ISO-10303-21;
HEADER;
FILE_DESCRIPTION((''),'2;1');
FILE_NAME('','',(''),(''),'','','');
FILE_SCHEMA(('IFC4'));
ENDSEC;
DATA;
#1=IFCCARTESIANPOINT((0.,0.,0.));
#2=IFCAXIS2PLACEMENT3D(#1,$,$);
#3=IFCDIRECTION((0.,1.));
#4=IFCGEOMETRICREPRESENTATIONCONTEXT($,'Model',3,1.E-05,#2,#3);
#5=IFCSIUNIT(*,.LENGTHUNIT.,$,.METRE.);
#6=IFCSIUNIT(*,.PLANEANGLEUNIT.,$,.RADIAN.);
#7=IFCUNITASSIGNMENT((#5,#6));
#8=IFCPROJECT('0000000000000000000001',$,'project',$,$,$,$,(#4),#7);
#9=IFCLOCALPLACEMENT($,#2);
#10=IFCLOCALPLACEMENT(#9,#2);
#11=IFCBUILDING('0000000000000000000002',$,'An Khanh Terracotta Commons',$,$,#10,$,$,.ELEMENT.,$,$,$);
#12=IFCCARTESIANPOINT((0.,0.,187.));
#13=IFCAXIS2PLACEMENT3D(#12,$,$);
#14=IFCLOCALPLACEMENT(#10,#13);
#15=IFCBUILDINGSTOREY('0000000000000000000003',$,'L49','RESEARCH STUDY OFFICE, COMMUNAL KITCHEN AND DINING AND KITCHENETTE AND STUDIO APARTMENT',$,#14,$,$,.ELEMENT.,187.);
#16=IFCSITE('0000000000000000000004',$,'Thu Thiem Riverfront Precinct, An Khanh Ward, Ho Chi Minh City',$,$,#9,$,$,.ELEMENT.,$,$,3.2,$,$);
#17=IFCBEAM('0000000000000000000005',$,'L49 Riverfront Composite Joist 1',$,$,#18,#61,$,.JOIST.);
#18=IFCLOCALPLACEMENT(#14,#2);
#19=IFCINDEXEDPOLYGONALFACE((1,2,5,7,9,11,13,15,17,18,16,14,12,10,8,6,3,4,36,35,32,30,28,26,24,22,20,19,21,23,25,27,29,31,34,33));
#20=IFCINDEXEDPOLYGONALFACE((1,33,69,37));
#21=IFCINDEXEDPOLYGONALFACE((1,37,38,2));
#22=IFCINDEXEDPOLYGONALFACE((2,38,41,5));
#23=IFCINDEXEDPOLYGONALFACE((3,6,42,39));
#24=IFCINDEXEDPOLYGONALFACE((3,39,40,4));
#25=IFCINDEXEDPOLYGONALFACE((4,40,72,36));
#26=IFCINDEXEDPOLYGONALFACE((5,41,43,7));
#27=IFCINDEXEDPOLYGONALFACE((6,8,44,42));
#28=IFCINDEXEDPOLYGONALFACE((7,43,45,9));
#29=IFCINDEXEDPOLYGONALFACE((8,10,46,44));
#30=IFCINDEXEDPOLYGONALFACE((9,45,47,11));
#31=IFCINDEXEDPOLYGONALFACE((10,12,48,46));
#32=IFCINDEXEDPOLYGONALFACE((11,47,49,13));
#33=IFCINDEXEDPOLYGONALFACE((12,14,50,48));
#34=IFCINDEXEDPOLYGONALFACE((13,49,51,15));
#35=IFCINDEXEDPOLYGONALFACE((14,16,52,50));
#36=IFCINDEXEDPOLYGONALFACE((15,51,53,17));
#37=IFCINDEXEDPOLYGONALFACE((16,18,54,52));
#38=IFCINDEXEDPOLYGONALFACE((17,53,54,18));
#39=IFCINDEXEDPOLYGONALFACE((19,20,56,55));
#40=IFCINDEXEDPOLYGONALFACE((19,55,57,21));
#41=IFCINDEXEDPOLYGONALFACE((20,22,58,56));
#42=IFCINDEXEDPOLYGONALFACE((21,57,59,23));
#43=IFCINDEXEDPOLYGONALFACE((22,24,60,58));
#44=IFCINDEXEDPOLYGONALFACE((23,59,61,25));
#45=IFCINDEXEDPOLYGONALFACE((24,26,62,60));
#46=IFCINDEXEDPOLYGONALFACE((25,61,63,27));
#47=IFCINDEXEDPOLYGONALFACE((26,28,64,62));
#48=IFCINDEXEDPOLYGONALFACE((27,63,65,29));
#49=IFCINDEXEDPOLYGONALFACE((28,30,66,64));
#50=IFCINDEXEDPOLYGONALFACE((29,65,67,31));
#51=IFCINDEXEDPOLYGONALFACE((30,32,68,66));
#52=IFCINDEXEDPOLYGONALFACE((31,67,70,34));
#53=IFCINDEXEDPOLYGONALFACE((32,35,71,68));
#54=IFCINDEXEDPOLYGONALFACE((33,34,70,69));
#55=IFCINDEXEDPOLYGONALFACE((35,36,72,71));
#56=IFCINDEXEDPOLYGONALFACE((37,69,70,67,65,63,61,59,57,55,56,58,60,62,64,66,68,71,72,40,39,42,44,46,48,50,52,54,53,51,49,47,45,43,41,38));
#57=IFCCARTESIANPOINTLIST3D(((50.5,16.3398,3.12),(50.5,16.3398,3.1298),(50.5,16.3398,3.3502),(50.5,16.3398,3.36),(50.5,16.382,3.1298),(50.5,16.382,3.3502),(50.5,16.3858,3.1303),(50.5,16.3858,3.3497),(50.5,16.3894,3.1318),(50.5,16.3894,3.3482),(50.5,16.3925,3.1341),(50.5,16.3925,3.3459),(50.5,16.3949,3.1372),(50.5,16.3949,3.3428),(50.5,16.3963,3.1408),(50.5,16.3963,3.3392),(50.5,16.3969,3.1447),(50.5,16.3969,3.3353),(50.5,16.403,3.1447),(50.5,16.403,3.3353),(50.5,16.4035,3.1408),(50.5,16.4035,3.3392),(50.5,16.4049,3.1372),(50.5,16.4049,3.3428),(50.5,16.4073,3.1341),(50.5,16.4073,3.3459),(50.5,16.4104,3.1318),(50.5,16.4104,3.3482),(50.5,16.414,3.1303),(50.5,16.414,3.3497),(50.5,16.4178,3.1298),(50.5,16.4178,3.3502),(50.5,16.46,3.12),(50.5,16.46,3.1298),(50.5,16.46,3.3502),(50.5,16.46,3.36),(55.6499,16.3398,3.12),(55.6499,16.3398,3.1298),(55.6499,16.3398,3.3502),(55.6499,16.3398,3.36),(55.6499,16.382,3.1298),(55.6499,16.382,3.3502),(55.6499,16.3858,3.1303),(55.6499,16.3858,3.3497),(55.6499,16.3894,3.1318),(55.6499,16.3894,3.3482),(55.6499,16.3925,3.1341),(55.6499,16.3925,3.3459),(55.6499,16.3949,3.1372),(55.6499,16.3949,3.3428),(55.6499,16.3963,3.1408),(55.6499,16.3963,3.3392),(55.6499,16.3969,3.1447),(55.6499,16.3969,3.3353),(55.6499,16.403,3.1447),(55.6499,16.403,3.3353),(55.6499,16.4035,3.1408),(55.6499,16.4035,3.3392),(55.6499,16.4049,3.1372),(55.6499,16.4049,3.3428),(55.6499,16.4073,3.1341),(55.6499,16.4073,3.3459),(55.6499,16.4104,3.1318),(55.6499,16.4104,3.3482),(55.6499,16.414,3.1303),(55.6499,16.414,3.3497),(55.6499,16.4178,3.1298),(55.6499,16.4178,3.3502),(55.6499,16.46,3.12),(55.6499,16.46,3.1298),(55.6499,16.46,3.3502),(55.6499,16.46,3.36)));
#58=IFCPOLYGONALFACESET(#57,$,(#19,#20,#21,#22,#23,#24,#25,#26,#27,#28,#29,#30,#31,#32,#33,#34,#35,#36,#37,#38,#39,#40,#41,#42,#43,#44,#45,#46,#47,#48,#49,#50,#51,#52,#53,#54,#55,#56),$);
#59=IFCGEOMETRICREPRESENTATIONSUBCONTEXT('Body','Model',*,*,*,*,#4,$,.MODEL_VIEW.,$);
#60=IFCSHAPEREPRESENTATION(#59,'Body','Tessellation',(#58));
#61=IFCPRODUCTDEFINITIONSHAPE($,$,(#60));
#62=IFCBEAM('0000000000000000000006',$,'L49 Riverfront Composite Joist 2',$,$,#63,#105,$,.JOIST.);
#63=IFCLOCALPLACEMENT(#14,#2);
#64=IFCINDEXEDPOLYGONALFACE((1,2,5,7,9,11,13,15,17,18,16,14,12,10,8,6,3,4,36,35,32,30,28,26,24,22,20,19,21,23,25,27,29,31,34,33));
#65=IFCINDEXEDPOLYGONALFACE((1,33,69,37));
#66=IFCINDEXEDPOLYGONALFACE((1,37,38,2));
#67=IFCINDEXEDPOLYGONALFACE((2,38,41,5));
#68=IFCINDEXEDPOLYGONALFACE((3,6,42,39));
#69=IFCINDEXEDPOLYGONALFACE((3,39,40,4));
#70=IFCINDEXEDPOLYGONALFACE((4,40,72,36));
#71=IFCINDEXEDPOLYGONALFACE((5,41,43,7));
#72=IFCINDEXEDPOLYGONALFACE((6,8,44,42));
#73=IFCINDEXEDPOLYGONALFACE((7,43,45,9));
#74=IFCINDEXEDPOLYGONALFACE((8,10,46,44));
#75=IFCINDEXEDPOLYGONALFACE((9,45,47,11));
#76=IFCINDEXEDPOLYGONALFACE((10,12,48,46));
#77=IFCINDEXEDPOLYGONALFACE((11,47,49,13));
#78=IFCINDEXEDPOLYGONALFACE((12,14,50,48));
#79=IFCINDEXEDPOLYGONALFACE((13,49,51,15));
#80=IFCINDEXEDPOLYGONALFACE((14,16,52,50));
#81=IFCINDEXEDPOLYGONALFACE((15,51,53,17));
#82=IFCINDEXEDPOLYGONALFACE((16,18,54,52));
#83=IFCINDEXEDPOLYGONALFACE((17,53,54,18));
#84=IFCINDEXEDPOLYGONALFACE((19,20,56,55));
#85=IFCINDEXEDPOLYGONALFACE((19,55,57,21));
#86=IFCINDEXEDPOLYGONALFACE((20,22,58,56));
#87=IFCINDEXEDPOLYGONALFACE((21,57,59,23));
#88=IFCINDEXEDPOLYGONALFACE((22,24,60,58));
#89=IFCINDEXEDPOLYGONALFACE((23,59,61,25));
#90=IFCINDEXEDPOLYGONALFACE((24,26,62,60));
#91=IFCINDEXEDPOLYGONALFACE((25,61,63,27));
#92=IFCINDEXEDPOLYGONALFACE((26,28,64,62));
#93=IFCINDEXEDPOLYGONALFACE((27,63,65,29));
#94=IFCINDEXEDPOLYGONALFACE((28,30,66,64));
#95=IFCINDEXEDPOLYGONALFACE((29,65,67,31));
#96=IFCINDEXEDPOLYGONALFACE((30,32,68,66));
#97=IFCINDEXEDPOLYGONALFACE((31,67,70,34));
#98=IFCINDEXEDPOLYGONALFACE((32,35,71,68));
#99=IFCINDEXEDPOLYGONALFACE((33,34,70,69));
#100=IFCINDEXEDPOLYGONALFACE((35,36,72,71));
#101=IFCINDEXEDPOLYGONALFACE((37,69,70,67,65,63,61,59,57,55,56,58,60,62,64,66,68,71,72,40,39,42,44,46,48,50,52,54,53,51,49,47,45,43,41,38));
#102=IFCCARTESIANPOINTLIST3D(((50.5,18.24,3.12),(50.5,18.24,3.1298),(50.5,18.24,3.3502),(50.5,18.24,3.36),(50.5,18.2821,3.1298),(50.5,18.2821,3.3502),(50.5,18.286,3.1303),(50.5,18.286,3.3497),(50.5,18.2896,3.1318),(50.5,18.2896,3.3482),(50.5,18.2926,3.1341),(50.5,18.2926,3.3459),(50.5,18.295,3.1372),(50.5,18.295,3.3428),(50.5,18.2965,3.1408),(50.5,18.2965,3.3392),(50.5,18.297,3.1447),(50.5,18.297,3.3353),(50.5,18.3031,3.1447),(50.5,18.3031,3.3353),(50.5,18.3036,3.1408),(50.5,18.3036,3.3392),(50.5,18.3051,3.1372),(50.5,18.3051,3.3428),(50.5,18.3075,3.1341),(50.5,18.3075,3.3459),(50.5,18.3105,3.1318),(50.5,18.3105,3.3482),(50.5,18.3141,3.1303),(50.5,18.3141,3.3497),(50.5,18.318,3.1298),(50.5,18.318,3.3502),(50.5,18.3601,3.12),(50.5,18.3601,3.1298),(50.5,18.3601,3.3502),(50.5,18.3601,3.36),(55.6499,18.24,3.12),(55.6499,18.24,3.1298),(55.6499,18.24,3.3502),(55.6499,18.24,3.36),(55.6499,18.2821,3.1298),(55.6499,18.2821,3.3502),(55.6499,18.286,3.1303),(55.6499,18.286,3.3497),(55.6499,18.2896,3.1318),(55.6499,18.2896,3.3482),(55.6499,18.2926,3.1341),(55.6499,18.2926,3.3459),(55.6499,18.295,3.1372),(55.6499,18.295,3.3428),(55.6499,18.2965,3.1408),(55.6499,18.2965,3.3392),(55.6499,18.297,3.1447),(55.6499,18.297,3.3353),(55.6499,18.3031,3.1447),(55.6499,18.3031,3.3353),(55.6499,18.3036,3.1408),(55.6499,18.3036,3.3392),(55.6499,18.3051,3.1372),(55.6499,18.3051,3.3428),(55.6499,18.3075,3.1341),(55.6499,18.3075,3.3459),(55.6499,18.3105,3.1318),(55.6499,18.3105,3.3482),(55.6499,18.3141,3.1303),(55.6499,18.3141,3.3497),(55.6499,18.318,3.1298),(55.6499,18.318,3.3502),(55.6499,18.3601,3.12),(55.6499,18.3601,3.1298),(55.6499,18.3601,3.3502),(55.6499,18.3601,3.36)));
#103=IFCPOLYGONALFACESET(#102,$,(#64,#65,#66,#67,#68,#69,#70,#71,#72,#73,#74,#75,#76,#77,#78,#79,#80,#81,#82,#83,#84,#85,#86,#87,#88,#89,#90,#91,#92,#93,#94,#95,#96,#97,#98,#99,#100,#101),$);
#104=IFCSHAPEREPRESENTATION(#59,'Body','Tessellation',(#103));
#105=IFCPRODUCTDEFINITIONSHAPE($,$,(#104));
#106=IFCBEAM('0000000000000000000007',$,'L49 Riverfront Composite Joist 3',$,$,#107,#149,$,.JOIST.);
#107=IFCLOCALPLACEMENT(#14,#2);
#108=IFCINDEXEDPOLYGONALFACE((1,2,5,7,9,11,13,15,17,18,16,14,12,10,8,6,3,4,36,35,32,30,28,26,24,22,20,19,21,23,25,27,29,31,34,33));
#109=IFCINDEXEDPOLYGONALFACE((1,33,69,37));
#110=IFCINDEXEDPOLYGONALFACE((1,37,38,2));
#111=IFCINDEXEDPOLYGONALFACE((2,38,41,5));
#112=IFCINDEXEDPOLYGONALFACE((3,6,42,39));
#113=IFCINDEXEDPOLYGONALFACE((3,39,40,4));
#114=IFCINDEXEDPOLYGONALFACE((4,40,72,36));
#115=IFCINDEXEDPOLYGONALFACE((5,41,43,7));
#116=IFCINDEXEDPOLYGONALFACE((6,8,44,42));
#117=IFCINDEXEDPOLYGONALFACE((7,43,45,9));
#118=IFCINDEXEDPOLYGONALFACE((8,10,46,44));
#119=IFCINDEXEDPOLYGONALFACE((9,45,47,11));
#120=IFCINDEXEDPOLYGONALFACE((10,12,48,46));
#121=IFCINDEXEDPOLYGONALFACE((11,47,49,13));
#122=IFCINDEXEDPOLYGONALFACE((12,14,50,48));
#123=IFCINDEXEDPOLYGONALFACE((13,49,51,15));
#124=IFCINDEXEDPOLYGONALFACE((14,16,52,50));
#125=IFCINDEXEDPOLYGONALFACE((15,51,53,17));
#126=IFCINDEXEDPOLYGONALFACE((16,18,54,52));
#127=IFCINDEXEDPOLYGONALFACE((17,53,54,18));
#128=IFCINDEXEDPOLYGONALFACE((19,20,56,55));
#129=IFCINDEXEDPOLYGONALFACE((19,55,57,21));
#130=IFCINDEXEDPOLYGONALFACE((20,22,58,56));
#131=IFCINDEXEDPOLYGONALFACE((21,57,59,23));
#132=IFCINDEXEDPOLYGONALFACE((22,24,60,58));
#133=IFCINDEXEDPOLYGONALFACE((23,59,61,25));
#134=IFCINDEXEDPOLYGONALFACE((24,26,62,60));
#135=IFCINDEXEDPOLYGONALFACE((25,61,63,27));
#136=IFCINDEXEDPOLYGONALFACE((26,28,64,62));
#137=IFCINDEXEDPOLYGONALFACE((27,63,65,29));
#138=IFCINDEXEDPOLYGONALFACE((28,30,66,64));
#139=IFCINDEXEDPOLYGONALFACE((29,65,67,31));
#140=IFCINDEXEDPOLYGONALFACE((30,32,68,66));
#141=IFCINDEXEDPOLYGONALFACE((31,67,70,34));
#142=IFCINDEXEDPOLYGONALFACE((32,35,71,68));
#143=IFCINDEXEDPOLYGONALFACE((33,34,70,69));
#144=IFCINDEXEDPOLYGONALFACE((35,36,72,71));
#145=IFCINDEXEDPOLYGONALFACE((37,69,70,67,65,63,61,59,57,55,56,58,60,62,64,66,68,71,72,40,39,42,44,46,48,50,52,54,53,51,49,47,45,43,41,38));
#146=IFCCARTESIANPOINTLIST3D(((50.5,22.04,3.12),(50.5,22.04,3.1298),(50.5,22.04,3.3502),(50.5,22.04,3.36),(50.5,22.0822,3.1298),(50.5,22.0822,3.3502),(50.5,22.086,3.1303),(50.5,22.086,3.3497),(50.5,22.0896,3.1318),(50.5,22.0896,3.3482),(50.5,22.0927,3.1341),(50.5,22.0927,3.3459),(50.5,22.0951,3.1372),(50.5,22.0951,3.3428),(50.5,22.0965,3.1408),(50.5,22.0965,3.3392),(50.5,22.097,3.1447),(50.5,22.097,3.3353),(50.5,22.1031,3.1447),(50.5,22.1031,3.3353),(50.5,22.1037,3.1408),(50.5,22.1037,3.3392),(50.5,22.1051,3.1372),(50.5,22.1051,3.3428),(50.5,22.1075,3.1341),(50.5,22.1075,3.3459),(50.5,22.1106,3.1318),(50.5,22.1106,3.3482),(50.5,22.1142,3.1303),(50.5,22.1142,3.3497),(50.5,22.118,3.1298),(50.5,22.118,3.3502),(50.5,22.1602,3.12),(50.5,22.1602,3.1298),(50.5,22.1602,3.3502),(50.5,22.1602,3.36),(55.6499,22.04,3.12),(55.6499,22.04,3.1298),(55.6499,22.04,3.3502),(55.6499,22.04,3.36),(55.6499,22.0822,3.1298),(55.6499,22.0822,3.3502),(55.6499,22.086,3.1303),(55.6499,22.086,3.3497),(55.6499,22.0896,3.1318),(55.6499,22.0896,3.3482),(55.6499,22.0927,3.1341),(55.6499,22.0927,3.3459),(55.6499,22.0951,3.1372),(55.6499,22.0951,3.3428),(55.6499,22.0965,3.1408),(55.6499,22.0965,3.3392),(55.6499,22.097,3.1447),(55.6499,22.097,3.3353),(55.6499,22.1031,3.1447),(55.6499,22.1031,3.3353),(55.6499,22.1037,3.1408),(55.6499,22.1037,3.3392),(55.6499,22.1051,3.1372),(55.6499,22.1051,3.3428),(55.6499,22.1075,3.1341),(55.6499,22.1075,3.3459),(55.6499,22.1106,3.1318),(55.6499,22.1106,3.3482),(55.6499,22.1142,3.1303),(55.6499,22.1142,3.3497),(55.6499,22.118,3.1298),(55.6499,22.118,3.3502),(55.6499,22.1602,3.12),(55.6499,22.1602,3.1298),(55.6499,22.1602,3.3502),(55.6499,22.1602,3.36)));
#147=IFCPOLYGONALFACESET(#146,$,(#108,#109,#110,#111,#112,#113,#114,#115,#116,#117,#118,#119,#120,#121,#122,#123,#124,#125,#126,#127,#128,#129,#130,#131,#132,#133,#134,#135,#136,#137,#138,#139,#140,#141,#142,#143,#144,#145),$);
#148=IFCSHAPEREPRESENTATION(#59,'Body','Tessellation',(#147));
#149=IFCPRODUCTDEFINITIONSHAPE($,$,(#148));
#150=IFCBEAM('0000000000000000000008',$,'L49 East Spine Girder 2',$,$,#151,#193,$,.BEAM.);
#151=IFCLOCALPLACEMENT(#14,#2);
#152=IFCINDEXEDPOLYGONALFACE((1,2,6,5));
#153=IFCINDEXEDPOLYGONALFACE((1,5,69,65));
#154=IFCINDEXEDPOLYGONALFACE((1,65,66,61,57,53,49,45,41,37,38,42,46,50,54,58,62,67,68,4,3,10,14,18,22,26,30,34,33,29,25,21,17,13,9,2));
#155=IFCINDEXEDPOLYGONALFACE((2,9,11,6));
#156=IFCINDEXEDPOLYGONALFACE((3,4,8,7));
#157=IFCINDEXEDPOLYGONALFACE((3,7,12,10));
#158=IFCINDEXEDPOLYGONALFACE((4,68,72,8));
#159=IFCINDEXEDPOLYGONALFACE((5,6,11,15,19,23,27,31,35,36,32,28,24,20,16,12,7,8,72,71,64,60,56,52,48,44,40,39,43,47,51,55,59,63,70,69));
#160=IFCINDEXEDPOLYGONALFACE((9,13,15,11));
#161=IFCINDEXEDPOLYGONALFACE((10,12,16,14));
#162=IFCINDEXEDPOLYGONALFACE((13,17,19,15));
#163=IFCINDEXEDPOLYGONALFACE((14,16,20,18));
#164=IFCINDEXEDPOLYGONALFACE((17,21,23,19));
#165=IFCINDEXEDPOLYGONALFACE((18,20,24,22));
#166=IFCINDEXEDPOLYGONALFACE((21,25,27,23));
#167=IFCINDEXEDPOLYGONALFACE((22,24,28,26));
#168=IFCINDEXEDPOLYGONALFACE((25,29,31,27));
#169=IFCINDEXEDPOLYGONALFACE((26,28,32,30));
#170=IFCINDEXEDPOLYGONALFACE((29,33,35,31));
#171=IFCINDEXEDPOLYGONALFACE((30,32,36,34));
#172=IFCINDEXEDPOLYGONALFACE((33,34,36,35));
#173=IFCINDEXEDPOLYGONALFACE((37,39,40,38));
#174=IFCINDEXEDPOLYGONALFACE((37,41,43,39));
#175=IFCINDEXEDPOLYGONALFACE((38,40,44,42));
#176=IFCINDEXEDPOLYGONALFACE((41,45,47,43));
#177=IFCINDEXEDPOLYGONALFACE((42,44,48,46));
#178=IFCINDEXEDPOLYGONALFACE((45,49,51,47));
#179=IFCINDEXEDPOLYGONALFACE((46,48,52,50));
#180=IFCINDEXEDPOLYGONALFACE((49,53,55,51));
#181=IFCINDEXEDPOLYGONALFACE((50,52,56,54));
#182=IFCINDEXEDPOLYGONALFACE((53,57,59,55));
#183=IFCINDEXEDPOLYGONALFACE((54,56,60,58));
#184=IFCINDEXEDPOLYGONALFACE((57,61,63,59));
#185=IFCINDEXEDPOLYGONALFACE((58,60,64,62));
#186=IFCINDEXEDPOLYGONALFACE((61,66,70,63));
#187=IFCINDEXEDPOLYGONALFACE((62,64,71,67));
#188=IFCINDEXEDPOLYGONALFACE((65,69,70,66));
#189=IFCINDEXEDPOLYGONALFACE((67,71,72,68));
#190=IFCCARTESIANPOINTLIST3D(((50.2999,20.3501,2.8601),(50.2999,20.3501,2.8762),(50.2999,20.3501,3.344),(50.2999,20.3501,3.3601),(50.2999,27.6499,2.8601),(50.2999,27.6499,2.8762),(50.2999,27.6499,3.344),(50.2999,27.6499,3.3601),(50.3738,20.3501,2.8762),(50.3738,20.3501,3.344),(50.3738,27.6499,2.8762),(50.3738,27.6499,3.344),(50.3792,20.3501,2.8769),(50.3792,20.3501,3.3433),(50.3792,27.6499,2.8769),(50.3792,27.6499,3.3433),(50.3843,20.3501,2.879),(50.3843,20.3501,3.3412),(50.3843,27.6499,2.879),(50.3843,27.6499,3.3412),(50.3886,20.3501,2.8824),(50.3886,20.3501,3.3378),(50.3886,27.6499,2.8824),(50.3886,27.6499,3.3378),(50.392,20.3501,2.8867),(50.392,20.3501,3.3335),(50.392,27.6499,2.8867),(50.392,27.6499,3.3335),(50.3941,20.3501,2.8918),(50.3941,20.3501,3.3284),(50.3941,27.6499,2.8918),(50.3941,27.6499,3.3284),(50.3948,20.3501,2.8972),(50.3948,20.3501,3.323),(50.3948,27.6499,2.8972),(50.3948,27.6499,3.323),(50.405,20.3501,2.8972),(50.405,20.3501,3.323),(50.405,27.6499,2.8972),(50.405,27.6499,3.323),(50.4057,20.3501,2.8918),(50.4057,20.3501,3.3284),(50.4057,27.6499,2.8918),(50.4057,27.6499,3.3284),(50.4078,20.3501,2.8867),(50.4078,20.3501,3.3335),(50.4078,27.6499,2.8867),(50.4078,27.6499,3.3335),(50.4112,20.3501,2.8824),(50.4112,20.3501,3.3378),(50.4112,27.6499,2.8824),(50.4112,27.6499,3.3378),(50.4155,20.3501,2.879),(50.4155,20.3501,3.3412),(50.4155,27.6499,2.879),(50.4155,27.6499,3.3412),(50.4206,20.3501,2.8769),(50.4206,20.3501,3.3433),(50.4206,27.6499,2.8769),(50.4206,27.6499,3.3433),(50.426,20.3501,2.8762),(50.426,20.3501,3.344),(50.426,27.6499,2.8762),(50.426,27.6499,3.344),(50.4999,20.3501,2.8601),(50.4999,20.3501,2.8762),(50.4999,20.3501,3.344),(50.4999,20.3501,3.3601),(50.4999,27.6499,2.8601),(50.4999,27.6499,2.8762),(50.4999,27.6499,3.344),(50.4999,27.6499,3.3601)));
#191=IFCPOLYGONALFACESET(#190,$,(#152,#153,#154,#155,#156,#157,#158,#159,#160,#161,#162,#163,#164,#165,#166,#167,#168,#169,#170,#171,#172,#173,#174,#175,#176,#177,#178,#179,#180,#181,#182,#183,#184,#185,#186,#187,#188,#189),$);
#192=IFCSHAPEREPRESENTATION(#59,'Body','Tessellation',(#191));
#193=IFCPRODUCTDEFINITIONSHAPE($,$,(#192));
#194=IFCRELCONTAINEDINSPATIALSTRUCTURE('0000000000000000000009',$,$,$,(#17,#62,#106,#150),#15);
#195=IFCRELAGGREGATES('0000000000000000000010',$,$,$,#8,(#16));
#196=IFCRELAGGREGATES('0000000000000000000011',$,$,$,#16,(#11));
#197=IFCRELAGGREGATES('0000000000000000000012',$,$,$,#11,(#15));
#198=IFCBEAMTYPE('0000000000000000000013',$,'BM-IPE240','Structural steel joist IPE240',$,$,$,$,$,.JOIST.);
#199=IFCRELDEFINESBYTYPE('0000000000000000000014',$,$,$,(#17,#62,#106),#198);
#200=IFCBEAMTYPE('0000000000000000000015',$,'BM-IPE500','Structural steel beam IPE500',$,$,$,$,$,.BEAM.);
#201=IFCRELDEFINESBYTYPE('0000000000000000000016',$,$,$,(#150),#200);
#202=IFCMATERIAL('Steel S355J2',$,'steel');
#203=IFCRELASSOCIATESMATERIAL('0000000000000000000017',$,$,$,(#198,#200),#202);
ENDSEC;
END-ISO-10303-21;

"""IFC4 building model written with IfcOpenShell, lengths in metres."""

from ifc_helpers import new_model, si_unit, direction, frame, origin, origin_2d, place, context, subcontext, project, spatial, i_section, extrude, material, material_profile, profile_set, type_object, element, save


model = new_model("IFC4")

# Units and contexts
model_context = context("Model", 3, precision=1e-05, world=origin(), true_north=direction((0.0, 1.0)))
body_context = subcontext(model_context, "Body", "Model", "MODEL_VIEW")
ifc_project = project(units=[si_unit("LENGTHUNIT", "METRE"), si_unit("PLANEANGLEUNIT", "RADIAN")], contexts=[model_context])

# Site, building, storey
site_placement = place(None, origin())
site = spatial("IfcSite", under=ifc_project, at=site_placement, Name="Thu Thiem Riverfront Precinct, An Khanh Ward, Ho Chi Minh City", CompositionType="ELEMENT", RefElevation=3.2)
building_placement = place(site_placement, origin())
building = spatial("IfcBuilding", under=site, at=building_placement, Name="An Khanh Terracotta Commons", CompositionType="ELEMENT")
storey_placement = place(building_placement, frame((0.0, 0.0, 187.0)))
storey = spatial("IfcBuildingStorey", under=building, at=storey_placement, Name="L49", Description="RESEARCH STUDY OFFICE, COMMUNAL KITCHEN AND DINING AND KITCHENETTE AND STUDIO APARTMENT", CompositionType="ELEMENT", Elevation=187.0)

# Beams
ifc_material_1 = material(Name="Steel S355J2", Category="steel")
ifc_material_profile_1 = material_profile(ifc_material_1, i_section(OverallWidth=0.1201, OverallDepth=0.24, WebThickness=0.0061, FlangeThickness=0.0098, FilletRadius=0.0149, at=origin_2d()), Name="IPE240")
ifc_profile_set_1 = profile_set([ifc_material_profile_1], Name="Steel S355J2")
beam_type_1 = type_object("IfcBeamType", Name="BM-IPE240", Description="Structural steel joist IPE240", PredefinedType="JOIST", material=ifc_profile_set_1)
for number, where, z_axis, x_axis, name in (
    (1, (50.5, 16.3999, 3.24), (1.0, 0.0, 0.0), (0.0, 1.0, 0.0), "L49 Riverfront Composite Joist 1"),
    (2, (50.5, 18.3, 3.24), (1.0, 0.0, 0.0), (0.0, 1.0, 0.0), "L49 Riverfront Composite Joist 2"),
    (3, (50.5, 22.1001, 3.24), (1.0, 0.0, 0.0), (0.0, 1.0, 0.0), "L49 Riverfront Composite Joist 3"),
):
    element("IfcBeam", number, at=place(storey_placement, frame(where, z_axis=z_axis, x_axis=x_axis)), inside=storey, type_object=beam_type_1, Name=name, PredefinedType="JOIST", context=body_context, shape_type="SweptSolid", body=[
        extrude(i_section(OverallWidth=0.1201, OverallDepth=0.24, WebThickness=0.0061, FlangeThickness=0.0098, FilletRadius=0.0149, at=origin_2d()), origin(), (0.0, 0.0, 1.0), 5.1499),
    ])
ifc_material_profile_2 = material_profile(ifc_material_1, i_section(OverallWidth=0.2, OverallDepth=0.5, WebThickness=0.0103, FlangeThickness=0.0161, FilletRadius=0.021, at=origin_2d()), Name="IPE500")
ifc_profile_set_2 = profile_set([ifc_material_profile_2], Name="Steel S355J2")
beam_type_2 = type_object("IfcBeamType", Name="BM-IPE500", Description="Structural steel beam IPE500", PredefinedType="BEAM", material=ifc_profile_set_2)
beam_placement = place(storey_placement, frame((50.3999, 20.3501, 3.1101), z_axis=(0.0, 1.0, 0.0), x_axis=(-1.0, 0.0, 0.0)))
element("IfcBeam", 4, at=beam_placement, inside=storey, type_object=beam_type_2, Name="L49 East Spine Girder 2", PredefinedType="BEAM", context=body_context, shape_type="SweptSolid", body=[
    extrude(i_section(OverallWidth=0.2, OverallDepth=0.5, WebThickness=0.0103, FlangeThickness=0.0161, FilletRadius=0.021, at=origin_2d()), origin(), (0.0, 0.0, 1.0), 7.2998),
])

save(model, "model.ifc")
